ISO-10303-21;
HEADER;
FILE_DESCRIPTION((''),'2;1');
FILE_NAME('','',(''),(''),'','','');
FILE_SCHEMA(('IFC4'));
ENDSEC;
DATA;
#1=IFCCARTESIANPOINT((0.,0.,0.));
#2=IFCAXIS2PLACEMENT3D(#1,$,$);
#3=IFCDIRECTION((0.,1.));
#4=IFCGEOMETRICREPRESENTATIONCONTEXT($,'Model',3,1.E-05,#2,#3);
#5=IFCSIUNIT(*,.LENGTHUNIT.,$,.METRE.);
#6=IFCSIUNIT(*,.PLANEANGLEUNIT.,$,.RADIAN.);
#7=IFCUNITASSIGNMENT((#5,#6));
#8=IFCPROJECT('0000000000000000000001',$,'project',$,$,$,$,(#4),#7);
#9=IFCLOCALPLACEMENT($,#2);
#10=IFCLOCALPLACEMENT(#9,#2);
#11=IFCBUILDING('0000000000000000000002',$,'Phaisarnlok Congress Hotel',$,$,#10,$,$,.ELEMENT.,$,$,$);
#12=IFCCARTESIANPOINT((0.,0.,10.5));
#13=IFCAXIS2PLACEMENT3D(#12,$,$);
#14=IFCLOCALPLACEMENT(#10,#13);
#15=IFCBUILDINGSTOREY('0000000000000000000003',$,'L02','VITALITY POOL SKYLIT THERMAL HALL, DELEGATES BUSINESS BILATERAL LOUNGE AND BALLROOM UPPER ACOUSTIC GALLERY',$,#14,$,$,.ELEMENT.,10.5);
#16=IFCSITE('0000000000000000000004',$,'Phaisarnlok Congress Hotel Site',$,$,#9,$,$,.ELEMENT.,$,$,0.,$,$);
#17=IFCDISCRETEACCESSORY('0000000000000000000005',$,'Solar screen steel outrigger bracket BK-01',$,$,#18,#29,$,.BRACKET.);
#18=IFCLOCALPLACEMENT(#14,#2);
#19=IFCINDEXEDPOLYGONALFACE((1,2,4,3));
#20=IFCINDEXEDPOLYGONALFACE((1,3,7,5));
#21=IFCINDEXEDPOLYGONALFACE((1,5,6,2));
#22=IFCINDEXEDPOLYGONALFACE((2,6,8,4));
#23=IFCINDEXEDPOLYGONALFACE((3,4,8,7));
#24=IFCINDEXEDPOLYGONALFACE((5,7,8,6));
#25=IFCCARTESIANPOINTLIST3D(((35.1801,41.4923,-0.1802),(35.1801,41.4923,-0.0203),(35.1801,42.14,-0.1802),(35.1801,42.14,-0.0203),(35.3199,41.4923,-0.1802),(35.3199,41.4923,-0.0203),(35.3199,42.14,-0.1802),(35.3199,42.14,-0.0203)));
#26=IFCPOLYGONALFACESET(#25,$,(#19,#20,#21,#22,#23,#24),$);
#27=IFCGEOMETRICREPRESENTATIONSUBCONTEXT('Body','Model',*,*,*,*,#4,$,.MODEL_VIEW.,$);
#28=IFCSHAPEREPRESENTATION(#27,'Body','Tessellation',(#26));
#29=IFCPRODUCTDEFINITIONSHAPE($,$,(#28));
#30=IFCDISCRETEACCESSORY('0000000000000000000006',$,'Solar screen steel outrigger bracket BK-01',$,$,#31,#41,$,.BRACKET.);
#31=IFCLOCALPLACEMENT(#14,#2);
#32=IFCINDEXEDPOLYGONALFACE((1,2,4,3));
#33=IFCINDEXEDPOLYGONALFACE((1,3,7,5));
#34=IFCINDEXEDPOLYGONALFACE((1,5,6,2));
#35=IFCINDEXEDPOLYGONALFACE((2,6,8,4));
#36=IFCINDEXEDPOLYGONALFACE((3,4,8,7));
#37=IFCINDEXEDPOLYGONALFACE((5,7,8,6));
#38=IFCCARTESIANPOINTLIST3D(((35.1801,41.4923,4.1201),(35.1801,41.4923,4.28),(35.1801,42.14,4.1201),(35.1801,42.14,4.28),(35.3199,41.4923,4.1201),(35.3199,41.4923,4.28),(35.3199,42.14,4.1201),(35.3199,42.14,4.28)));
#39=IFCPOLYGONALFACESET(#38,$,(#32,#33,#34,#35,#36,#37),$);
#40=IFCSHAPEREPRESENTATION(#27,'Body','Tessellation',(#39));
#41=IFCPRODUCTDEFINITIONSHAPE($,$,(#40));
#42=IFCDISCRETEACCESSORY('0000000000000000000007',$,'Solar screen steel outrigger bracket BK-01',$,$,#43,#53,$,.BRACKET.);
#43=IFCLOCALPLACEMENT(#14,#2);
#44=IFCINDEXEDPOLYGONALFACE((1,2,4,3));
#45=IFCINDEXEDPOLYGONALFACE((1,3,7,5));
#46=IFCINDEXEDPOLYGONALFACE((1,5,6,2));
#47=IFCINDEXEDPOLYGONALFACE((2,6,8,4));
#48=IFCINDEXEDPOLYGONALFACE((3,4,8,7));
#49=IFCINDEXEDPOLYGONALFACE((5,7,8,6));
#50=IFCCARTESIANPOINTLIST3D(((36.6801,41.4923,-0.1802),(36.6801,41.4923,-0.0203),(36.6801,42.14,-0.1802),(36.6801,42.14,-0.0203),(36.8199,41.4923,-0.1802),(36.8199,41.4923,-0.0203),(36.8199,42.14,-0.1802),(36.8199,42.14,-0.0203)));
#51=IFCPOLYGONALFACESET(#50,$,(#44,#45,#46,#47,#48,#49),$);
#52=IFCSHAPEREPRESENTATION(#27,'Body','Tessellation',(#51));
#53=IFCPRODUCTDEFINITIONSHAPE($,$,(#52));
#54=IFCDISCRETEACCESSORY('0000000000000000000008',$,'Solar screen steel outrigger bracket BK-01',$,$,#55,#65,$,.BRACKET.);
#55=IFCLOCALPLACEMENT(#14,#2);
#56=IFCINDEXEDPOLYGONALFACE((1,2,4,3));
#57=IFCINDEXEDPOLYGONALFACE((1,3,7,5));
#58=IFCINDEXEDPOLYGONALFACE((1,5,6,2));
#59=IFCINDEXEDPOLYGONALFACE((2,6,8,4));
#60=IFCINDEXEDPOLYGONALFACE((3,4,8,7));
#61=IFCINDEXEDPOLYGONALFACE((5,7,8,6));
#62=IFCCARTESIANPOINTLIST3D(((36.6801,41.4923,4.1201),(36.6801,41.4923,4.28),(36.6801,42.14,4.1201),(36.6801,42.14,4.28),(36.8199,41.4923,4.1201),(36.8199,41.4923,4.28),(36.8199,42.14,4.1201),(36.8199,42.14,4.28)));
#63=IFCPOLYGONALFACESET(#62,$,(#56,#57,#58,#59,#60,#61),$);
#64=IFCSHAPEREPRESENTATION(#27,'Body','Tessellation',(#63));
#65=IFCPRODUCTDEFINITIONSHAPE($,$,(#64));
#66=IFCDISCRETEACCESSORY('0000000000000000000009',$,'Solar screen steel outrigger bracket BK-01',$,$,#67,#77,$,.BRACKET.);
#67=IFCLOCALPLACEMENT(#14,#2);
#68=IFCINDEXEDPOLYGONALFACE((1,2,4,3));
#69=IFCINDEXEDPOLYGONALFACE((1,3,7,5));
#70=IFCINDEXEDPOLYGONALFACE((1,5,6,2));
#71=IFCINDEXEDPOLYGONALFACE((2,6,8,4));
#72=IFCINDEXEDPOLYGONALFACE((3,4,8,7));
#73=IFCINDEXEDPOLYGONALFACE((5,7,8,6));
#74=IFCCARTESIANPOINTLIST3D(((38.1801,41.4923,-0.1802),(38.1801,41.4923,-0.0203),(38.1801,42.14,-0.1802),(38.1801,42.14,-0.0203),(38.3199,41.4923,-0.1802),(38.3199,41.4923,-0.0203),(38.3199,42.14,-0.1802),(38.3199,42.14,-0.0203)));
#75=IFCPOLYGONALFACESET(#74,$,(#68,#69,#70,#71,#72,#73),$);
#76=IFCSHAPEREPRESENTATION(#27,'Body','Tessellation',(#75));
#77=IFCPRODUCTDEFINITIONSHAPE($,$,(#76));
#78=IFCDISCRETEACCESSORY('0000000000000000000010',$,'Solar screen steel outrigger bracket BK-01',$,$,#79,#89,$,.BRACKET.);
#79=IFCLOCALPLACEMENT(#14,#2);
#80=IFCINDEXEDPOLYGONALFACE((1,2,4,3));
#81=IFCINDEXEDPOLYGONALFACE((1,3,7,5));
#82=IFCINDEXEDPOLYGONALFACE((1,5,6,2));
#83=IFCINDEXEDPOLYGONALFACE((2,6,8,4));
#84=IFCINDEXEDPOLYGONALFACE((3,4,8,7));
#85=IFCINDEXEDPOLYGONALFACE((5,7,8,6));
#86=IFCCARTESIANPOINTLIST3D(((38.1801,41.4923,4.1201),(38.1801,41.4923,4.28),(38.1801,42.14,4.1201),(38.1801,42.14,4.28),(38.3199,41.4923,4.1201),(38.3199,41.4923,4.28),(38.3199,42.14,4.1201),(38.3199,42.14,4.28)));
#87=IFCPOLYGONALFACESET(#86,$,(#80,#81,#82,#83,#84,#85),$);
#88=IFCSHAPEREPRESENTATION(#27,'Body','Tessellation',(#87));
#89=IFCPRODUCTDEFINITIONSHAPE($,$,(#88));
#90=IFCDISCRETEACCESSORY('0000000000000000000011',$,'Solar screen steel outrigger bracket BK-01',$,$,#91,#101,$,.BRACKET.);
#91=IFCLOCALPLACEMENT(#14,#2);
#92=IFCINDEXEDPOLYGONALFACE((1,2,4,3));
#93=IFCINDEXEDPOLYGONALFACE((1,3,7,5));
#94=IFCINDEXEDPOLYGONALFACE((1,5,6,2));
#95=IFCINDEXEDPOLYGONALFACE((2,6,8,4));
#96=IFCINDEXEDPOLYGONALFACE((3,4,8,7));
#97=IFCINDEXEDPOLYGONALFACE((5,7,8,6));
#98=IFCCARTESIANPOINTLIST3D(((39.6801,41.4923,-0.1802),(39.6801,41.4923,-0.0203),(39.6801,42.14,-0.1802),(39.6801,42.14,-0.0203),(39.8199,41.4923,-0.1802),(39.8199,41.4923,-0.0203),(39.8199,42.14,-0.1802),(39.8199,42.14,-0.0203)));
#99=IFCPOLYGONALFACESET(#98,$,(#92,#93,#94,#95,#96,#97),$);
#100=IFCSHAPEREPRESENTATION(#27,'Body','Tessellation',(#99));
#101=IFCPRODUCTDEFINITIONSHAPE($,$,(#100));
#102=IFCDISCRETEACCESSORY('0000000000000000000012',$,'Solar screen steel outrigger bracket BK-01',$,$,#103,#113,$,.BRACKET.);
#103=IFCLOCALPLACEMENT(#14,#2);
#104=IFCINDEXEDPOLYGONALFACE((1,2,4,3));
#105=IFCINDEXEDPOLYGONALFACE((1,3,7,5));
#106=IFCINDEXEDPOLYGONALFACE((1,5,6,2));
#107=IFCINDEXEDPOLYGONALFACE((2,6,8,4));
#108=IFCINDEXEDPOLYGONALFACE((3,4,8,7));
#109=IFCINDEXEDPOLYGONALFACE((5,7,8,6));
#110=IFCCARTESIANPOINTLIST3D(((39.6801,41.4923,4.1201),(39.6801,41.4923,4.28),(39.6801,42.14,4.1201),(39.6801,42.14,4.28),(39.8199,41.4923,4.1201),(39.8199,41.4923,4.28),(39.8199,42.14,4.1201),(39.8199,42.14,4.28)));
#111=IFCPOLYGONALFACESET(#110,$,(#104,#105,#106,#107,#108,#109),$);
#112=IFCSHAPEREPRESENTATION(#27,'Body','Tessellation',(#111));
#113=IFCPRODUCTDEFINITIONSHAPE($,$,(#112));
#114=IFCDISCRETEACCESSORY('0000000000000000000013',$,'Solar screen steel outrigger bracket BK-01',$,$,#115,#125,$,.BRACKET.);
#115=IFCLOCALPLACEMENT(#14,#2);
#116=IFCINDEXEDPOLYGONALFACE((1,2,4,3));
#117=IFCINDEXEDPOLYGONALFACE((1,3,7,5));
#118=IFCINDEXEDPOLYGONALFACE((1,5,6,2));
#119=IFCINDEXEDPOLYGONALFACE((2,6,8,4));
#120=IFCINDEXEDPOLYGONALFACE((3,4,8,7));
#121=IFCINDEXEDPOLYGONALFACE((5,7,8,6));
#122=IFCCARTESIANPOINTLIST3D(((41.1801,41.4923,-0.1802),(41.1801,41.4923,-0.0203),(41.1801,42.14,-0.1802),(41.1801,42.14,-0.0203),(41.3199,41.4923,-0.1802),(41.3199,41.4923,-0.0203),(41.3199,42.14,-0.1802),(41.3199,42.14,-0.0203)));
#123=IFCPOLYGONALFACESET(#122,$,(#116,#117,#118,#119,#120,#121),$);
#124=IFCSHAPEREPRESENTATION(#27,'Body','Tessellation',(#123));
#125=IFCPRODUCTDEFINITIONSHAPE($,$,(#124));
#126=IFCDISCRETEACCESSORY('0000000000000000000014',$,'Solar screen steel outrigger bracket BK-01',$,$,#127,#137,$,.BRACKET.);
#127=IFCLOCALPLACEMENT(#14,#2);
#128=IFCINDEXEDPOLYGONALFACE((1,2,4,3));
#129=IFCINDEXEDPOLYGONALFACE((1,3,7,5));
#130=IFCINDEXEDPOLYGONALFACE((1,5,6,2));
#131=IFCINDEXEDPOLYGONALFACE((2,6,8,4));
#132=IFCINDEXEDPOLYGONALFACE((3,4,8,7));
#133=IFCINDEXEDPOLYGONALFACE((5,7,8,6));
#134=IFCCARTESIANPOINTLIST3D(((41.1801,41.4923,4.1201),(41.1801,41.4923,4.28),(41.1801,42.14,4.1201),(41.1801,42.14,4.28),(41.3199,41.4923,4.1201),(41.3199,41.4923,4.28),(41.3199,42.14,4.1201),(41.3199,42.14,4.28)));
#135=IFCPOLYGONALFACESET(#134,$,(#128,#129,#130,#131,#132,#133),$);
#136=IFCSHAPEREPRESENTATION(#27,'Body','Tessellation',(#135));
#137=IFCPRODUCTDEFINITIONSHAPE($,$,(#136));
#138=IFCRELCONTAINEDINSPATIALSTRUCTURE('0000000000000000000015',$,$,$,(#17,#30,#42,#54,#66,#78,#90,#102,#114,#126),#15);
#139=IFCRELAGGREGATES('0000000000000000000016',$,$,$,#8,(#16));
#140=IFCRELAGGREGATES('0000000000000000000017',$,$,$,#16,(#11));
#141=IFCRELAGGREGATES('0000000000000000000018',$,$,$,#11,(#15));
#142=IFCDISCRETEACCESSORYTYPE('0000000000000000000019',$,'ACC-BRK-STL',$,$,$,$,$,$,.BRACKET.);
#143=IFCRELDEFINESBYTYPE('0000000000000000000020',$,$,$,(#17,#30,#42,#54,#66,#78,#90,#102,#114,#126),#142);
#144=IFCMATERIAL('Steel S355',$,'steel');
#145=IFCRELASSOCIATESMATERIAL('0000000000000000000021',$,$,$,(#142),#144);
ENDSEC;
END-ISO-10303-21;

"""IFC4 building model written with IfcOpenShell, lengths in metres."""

from ifc_helpers import new_model, si_unit, direction, frame, origin, origin_2d, place, context, subcontext, project, spatial, rectangle, extrude, material, type_object, element, save


model = new_model("IFC4")

# Units and contexts
model_context = context("Model", 3, precision=1e-05, world=origin(), true_north=direction((0.0, 1.0)))
body_context = subcontext(model_context, "Body", "Model", "MODEL_VIEW")
ifc_project = project(units=[si_unit("LENGTHUNIT", "METRE"), si_unit("PLANEANGLEUNIT", "RADIAN")], contexts=[model_context])

# Site, building, storey
site_placement = place(None, origin())
site = spatial("IfcSite", under=ifc_project, at=site_placement, Name="Phaisarnlok Congress Hotel Site", CompositionType="ELEMENT", RefElevation=0.0)
building_placement = place(site_placement, origin())
building = spatial("IfcBuilding", under=site, at=building_placement, Name="Phaisarnlok Congress Hotel", CompositionType="ELEMENT")
storey_placement = place(building_placement, frame((0.0, 0.0, 10.5)))
storey = spatial("IfcBuildingStorey", under=building, at=storey_placement, Name="L02", Description="VITALITY POOL SKYLIT THERMAL HALL, DELEGATES BUSINESS BILATERAL LOUNGE AND BALLROOM UPPER ACOUSTIC GALLERY", CompositionType="ELEMENT", Elevation=10.5)

# Discrete accessories
ifc_material_1 = material(Name="Steel S355", Category="steel")
discrete_accessory_type = type_object("IfcDiscreteAccessoryType", Name="ACC-BRK-STL", PredefinedType="BRACKET", material=ifc_material_1)
for number, where, z_axis, x_axis, name in (
    (1, (35.25, 41.8162, -0.1802), (0.0, 0.0, 1.0), (1.0, 0.0, 0.0), "Solar screen steel outrigger bracket BK-01"),
    (2, (35.25, 41.8162, 4.1201), (0.0, 0.0, 1.0), (1.0, 0.0, 0.0), "Solar screen steel outrigger bracket BK-01"),
    (3, (36.75, 41.8162, -0.1802), (0.0, 0.0, 1.0), (1.0, 0.0, 0.0), "Solar screen steel outrigger bracket BK-01"),
    (4, (36.75, 41.8162, 4.1201), (0.0, 0.0, 1.0), (1.0, 0.0, 0.0), "Solar screen steel outrigger bracket BK-01"),
    (5, (38.25, 41.8162, -0.1802), (0.0, 0.0, 1.0), (1.0, 0.0, 0.0), "Solar screen steel outrigger bracket BK-01"),
    (6, (38.25, 41.8162, 4.1201), (0.0, 0.0, 1.0), (1.0, 0.0, 0.0), "Solar screen steel outrigger bracket BK-01"),
    (7, (39.75, 41.8162, -0.1802), (0.0, 0.0, 1.0), (1.0, 0.0, 0.0), "Solar screen steel outrigger bracket BK-01"),
    (8, (39.75, 41.8162, 4.1201), (0.0, 0.0, 1.0), (1.0, 0.0, 0.0), "Solar screen steel outrigger bracket BK-01"),
    (9, (41.25, 41.8162, -0.1802), (0.0, 0.0, 1.0), (1.0, 0.0, 0.0), "Solar screen steel outrigger bracket BK-01"),
    (10, (41.25, 41.8162, 4.1201), (0.0, 0.0, 1.0), (1.0, 0.0, 0.0), "Solar screen steel outrigger bracket BK-01"),
):
    element("IfcDiscreteAccessory", number, at=place(storey_placement, frame(where, z_axis=z_axis, x_axis=x_axis)), inside=storey, type_object=discrete_accessory_type, Name=name, PredefinedType="BRACKET", context=body_context, shape_type="SweptSolid", body=[
        extrude(rectangle(XDim=0.1399, YDim=0.6477, at=origin_2d()), origin(), (0.0, 0.0, 1.0), 0.1599),
    ])

save(model, "model.ifc")
